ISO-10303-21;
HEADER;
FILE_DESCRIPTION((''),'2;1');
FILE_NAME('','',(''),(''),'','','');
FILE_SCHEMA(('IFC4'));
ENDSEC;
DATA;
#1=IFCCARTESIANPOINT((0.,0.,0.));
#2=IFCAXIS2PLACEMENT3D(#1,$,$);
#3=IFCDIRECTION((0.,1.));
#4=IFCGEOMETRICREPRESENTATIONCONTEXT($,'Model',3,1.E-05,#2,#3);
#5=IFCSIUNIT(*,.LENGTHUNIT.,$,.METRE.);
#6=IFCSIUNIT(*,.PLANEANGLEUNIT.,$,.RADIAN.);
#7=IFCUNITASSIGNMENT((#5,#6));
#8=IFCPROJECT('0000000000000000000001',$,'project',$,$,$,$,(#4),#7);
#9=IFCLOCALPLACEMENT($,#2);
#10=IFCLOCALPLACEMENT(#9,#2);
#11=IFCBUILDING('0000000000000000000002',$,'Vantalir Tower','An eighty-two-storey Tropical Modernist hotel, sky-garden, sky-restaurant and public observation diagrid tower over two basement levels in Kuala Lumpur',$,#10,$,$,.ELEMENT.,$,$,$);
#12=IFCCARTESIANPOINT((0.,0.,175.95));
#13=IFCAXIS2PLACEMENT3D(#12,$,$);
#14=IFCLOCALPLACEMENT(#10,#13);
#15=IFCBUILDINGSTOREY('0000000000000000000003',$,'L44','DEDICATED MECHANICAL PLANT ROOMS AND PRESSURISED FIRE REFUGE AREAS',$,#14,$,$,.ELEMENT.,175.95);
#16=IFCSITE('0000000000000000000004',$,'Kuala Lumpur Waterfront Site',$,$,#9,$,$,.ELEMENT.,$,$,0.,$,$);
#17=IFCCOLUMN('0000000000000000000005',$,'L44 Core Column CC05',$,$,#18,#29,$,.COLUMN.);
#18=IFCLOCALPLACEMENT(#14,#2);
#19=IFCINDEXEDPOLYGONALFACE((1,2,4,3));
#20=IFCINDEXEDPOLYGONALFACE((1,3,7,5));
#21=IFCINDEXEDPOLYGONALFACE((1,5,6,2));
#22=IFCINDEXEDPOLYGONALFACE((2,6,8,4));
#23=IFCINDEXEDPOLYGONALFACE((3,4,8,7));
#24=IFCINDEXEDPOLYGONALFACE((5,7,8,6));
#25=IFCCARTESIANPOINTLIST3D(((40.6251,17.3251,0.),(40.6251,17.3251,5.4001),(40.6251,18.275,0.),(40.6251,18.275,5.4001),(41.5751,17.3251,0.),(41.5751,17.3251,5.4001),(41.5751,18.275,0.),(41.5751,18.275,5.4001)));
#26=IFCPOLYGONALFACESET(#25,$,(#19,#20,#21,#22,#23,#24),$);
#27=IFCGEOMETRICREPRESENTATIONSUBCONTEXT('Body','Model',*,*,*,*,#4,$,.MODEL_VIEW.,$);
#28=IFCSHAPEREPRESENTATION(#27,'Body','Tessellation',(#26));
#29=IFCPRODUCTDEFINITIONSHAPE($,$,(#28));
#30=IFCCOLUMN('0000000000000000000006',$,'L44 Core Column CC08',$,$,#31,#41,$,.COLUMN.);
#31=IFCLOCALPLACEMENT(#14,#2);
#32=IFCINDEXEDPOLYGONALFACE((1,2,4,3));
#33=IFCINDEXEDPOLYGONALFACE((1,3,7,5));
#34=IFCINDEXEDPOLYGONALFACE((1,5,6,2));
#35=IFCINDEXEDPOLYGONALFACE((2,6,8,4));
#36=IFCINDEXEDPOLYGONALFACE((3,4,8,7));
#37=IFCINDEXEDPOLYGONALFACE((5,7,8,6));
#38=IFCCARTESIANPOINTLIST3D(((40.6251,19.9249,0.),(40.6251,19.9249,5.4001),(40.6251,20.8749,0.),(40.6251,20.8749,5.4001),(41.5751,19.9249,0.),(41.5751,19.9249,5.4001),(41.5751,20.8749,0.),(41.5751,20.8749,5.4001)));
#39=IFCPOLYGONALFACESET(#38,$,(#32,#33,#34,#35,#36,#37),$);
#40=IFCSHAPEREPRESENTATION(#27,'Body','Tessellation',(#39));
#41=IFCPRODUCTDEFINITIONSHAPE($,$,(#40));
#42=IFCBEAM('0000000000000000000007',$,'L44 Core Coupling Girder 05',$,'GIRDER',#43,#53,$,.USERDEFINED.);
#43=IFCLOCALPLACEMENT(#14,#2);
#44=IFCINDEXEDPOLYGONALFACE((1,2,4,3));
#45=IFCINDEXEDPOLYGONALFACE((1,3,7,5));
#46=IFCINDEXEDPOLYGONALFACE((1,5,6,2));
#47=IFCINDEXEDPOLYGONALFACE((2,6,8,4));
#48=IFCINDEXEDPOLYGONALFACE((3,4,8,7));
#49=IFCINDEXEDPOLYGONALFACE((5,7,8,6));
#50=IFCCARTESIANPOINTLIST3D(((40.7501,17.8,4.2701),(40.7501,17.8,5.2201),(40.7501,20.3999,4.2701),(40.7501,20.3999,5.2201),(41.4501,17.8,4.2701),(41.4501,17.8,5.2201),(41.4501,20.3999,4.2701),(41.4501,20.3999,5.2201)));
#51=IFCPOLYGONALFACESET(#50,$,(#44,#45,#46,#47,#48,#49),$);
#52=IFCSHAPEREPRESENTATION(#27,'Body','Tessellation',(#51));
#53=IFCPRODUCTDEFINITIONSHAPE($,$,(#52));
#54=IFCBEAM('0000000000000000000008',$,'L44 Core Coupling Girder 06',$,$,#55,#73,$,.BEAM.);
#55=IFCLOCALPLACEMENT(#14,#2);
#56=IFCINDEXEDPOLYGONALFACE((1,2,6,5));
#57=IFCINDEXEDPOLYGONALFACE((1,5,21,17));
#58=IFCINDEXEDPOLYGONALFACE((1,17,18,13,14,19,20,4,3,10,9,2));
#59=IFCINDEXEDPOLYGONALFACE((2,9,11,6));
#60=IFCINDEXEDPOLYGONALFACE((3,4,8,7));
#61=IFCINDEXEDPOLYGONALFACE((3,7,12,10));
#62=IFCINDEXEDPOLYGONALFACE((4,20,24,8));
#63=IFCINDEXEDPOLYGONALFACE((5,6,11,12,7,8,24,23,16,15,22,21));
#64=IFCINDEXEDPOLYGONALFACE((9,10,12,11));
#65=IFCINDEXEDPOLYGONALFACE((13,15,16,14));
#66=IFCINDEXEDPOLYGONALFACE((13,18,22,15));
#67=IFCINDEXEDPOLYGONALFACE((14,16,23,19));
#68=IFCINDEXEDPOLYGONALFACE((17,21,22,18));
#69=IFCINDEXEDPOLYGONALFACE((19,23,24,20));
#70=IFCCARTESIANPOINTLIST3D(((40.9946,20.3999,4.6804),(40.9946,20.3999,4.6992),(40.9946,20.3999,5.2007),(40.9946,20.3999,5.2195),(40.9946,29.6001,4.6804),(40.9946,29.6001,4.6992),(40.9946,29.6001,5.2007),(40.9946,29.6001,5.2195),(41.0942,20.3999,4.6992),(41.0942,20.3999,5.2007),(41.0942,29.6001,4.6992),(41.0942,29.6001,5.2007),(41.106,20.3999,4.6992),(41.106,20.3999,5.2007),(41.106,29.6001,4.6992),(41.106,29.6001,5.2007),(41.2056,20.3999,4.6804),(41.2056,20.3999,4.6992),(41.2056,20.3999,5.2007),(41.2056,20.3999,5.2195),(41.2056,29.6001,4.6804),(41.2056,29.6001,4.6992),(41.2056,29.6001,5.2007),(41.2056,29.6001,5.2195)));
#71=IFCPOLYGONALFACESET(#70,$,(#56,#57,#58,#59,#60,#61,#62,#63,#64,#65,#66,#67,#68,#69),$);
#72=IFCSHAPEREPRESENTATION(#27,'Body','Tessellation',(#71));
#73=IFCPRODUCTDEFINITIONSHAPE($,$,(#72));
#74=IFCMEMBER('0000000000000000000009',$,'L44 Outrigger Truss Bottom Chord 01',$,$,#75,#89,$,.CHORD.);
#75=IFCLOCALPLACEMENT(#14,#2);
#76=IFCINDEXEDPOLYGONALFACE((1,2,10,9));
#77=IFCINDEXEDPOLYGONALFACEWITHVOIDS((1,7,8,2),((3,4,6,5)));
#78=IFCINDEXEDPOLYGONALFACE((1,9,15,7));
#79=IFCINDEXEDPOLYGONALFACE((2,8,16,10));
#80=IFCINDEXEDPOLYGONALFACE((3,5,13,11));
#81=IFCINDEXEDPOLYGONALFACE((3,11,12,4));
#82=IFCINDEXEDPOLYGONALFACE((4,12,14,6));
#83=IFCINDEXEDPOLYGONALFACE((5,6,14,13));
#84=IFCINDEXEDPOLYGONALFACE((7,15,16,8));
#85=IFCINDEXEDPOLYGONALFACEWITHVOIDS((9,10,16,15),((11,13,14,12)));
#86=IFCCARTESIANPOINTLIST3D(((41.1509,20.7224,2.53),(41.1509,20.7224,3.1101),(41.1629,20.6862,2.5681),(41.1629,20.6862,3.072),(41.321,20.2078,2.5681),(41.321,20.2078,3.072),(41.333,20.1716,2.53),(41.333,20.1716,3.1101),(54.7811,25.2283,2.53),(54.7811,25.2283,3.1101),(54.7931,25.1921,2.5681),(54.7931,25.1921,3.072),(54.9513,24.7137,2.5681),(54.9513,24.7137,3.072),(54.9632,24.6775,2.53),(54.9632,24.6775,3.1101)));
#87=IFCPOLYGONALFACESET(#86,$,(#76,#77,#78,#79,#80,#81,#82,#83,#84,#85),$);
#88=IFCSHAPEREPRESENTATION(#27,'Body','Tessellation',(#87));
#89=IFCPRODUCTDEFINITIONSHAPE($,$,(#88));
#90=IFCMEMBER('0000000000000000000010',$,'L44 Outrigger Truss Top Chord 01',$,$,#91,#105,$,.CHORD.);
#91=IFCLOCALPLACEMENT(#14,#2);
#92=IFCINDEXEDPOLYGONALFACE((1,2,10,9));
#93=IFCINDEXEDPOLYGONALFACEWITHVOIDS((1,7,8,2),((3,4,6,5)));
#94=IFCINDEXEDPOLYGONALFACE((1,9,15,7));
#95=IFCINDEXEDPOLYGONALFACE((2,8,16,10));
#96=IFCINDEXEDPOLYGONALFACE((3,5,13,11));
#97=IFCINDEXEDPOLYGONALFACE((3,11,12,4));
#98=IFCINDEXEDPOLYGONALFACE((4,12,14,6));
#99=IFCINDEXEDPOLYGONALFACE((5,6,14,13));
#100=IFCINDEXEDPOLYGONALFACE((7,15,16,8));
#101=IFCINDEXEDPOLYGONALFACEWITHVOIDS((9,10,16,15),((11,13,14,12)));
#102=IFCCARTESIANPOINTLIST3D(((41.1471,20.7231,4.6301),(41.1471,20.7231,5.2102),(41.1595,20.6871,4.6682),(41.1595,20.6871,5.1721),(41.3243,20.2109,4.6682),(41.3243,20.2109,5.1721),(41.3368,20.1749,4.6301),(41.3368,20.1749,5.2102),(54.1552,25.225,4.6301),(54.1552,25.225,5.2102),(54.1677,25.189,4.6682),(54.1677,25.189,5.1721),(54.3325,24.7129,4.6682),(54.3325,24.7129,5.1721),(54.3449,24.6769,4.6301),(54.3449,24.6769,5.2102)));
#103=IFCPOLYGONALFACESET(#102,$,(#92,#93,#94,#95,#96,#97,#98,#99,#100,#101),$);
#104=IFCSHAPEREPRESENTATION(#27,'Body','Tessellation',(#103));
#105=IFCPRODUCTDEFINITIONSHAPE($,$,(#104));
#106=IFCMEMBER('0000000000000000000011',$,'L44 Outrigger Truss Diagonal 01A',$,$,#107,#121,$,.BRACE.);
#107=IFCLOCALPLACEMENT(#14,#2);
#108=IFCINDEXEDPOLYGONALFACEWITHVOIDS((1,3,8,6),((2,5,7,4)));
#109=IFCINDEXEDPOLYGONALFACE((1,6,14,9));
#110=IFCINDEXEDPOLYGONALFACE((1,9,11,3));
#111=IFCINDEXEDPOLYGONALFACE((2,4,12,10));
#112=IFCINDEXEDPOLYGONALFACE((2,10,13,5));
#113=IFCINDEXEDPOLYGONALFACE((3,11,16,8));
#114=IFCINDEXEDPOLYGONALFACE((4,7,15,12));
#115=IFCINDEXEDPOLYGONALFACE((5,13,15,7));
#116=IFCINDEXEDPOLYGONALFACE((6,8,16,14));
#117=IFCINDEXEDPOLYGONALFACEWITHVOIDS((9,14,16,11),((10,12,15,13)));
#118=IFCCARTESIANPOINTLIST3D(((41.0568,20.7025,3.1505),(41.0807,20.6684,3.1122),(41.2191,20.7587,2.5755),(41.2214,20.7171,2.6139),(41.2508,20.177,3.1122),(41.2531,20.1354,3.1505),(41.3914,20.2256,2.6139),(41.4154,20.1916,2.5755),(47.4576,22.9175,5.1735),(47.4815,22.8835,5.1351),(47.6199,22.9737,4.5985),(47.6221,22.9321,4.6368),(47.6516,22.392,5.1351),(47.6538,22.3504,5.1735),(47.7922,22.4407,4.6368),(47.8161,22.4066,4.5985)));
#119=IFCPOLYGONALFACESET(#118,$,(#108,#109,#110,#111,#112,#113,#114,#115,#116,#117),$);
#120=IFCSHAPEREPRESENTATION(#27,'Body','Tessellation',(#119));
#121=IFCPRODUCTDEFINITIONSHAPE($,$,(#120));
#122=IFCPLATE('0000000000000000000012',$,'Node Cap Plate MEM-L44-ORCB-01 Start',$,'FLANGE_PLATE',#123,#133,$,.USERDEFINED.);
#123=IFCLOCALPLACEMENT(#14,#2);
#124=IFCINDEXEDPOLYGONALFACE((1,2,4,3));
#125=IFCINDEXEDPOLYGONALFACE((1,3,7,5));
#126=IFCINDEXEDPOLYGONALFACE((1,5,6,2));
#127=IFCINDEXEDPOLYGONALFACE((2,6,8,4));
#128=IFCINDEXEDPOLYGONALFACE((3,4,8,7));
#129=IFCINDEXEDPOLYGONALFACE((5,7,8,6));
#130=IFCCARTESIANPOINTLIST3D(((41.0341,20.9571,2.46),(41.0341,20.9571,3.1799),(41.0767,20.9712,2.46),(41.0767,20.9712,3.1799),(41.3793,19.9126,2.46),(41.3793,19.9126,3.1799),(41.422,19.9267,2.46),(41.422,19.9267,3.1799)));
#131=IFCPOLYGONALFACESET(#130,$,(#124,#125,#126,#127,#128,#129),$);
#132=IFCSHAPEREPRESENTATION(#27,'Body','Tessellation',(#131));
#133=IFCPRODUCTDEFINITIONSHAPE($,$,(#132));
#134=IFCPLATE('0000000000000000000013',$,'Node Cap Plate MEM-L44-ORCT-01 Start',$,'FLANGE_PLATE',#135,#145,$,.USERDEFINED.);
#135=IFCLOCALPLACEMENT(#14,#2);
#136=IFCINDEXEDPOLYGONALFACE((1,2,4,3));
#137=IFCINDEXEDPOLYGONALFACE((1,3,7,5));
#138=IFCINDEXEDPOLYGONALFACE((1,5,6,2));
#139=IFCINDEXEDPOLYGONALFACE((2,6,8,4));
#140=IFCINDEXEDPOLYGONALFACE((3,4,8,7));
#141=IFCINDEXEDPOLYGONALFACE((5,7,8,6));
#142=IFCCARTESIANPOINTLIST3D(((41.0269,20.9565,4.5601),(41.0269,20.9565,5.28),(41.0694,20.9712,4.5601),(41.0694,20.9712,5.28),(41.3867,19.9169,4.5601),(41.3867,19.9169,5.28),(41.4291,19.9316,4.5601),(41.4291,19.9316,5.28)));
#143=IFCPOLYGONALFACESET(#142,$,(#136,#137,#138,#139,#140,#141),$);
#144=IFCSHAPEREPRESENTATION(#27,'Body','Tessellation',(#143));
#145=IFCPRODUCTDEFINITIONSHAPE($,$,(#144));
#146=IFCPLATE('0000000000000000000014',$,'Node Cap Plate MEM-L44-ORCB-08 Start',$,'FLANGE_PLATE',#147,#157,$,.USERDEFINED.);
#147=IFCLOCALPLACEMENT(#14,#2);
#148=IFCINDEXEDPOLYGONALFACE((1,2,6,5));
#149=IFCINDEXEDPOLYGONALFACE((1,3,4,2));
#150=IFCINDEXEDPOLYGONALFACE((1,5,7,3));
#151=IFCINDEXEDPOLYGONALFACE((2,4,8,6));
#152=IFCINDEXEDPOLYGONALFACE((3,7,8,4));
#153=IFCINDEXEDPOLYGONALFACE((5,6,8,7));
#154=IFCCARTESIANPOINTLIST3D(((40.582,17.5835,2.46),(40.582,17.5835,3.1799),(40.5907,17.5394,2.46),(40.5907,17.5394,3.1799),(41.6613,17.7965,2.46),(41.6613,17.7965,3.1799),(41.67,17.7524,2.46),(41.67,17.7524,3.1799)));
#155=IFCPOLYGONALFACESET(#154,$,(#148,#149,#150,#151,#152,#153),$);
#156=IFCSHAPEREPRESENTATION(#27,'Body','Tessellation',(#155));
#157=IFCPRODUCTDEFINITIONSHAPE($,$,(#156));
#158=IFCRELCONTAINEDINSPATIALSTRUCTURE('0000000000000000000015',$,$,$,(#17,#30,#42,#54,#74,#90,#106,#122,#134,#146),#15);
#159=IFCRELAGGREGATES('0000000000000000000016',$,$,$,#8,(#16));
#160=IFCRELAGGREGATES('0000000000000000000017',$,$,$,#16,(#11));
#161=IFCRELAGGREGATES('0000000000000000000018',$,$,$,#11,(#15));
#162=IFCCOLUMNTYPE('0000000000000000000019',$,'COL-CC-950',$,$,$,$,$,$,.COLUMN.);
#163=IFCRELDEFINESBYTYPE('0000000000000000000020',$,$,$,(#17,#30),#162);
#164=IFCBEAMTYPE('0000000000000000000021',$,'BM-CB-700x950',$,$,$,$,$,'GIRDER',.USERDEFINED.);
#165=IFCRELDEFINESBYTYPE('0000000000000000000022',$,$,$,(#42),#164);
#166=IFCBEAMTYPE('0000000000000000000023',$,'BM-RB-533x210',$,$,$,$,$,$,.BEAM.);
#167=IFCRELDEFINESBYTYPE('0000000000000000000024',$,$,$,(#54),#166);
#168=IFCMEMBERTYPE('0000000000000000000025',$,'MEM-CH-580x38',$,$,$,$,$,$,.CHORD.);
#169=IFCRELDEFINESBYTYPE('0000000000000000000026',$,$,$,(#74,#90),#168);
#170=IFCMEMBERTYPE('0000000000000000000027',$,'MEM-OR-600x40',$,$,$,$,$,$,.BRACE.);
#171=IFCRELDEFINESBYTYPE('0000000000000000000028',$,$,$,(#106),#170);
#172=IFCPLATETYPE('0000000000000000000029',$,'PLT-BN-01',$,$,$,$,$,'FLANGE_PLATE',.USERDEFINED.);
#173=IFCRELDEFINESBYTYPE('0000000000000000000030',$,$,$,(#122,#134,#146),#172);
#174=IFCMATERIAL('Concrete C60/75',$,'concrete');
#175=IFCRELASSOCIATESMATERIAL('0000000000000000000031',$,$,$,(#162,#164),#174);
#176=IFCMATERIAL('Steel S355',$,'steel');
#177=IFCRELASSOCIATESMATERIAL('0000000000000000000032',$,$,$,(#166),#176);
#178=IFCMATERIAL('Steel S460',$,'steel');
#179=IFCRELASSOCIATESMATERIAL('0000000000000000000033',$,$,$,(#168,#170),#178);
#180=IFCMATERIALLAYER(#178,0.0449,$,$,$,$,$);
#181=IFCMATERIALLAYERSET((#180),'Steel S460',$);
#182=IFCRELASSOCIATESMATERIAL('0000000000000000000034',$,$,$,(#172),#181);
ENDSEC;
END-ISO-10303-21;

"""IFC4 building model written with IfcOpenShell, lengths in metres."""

from ifc_helpers import new_model, si_unit, direction, frame, origin, origin_2d, place, context, subcontext, project, spatial, rectangle, hollow_rectangle, i_section, extrude, material, layer, layer_set, material_profile, profile_set, type_object, element, save


model = new_model("IFC4")

# Units and contexts
model_context = context("Model", 3, precision=1e-05, world=origin(), true_north=direction((0.0, 1.0)))
body_context = subcontext(model_context, "Body", "Model", "MODEL_VIEW")
ifc_project = project(units=[si_unit("LENGTHUNIT", "METRE"), si_unit("PLANEANGLEUNIT", "RADIAN")], contexts=[model_context])

# Site, building, storey
site_placement = place(None, origin())
site = spatial("IfcSite", under=ifc_project, at=site_placement, Name="Kuala Lumpur Waterfront Site", CompositionType="ELEMENT", RefElevation=0.0)
building_placement = place(site_placement, origin())
building = spatial("IfcBuilding", under=site, at=building_placement, Name="Vantalir Tower", Description="An eighty-two-storey Tropical Modernist hotel, sky-garden, sky-restaurant and public observation diagrid tower over two basement levels in Kuala Lumpur", CompositionType="ELEMENT")
storey_placement = place(building_placement, frame((0.0, 0.0, 175.95)))
storey = spatial("IfcBuildingStorey", under=building, at=storey_placement, Name="L44", Description="DEDICATED MECHANICAL PLANT ROOMS AND PRESSURISED FIRE REFUGE AREAS", CompositionType="ELEMENT", Elevation=175.95)

# Columns
ifc_material_1 = material(Name="Concrete C60/75", Category="concrete")
ifc_material_profile_1 = material_profile(ifc_material_1, rectangle(XDim=0.95, YDim=0.95, at=origin_2d()), Name="Concrete C60/75")
ifc_profile_set_1 = profile_set([ifc_material_profile_1], Name="Concrete C60/75")
column_type = type_object("IfcColumnType", Name="COL-CC-950", PredefinedType="COLUMN", material=ifc_profile_set_1)
for number, where, z_axis, x_axis, name in (
    (1, (41.1001, 17.8, 0.0), (0.0, 0.0, 1.0), (1.0, 0.0, 0.0), "L44 Core Column CC05"),
    (2, (41.1001, 20.3999, 0.0), (0.0, 0.0, 1.0), (1.0, 0.0, 0.0), "L44 Core Column CC08"),
):
    element("IfcColumn", number, at=place(storey_placement, frame(where, z_axis=z_axis, x_axis=x_axis)), inside=storey, type_object=column_type, Name=name, PredefinedType="COLUMN", context=body_context, shape_type="SweptSolid", body=[
        extrude(rectangle(XDim=0.95, YDim=0.95, at=origin_2d()), origin(), (0.0, 0.0, 1.0), 5.4001),
    ])

# Beams
ifc_material_profile_2 = material_profile(ifc_material_1, rectangle(XDim=0.7, YDim=0.95, at=origin_2d()), Name="Concrete C60/75")
ifc_profile_set_2 = profile_set([ifc_material_profile_2], Name="Concrete C60/75")
beam_type_1 = type_object("IfcBeamType", Name="BM-CB-700x950", ElementType="GIRDER", PredefinedType="USERDEFINED", material=ifc_profile_set_2)
beam_1_placement = place(storey_placement, frame((41.1001, 17.8, 4.7451), z_axis=(0.0, 1.0, 0.0), x_axis=(-1.0, 0.0, 0.0)))
element("IfcBeam", 3, at=beam_1_placement, inside=storey, type_object=beam_type_1, Name="L44 Core Coupling Girder 05", ObjectType="GIRDER", PredefinedType="USERDEFINED", context=body_context, shape_type="SweptSolid", body=[
    extrude(rectangle(XDim=0.7, YDim=0.95, at=origin_2d()), origin(), (0.0, 0.0, 1.0), 2.5999),
])
ifc_material_2 = material(Name="Steel S355", Category="steel")
ifc_material_profile_3 = material_profile(ifc_material_2, i_section(OverallWidth=0.2109, OverallDepth=0.5391, WebThickness=0.0117, FlangeThickness=0.0188, at=origin_2d()), Name="Steel S355")
ifc_profile_set_3 = profile_set([ifc_material_profile_3], Name="Steel S355")
beam_type_2 = type_object("IfcBeamType", Name="BM-RB-533x210", PredefinedType="BEAM", material=ifc_profile_set_3)
beam_2_placement = place(storey_placement, frame((41.1001, 20.3999, 4.95), z_axis=(0.0, 1.0, 0.0), x_axis=(-1.0, 0.0, 0.0)))
element("IfcBeam", 4, at=beam_2_placement, inside=storey, type_object=beam_type_2, Name="L44 Core Coupling Girder 06", PredefinedType="BEAM", context=body_context, shape_type="SweptSolid", body=[
    extrude(i_section(OverallWidth=0.2109, OverallDepth=0.5391, WebThickness=0.0117, FlangeThickness=0.0188, at=origin_2d()), origin(), (0.0, 0.0, 1.0), 9.2002),
])

# Members
ifc_material_3 = material(Name="Steel S460", Category="steel")
ifc_material_profile_4 = material_profile(ifc_material_3, hollow_rectangle(XDim=0.5801, YDim=0.5801, WallThickness=0.0381, at=origin_2d()), Name="Steel S460")
ifc_profile_set_4 = profile_set([ifc_material_profile_4], Name="Steel S460")
member_type_1 = type_object("IfcMemberType", Name="MEM-CH-580x38", PredefinedType="CHORD", material=ifc_profile_set_4)
member_1_placement = place(storey_placement, frame((41.2419, 20.447, 2.8201), z_axis=(0.949464, 0.313875, 0.0), x_axis=(-0.313875, 0.949464, 0.0)))
element("IfcMember", 5, at=member_1_placement, inside=storey, type_object=member_type_1, Name="L44 Outrigger Truss Bottom Chord 01", PredefinedType="CHORD", context=body_context, shape_type="SweptSolid", body=[
    extrude(hollow_rectangle(XDim=0.5801, YDim=0.5801, WallThickness=0.0381, at=origin_2d()), origin(), (0.0, 0.0, 1.0), 14.3557),
])
member_2_placement = place(storey_placement, frame((41.2419, 20.449, 4.9202), z_axis=(0.945005, 0.327056, 0.0), x_axis=(-0.327056, 0.945005, 0.0)))
element("IfcMember", 6, at=member_2_placement, inside=storey, type_object=member_type_1, Name="L44 Outrigger Truss Top Chord 01", PredefinedType="CHORD", context=body_context, shape_type="SweptSolid", body=[
    extrude(hollow_rectangle(XDim=0.5801, YDim=0.5801, WallThickness=0.0381, at=origin_2d()), origin(), (0.0, 0.0, 1.0), 13.7651),
])
ifc_material_profile_5 = material_profile(ifc_material_3, hollow_rectangle(XDim=0.6001, YDim=0.6001, WallThickness=0.04, at=origin_2d()), Name="Steel S460")
ifc_profile_set_5 = profile_set([ifc_material_profile_5], Name="Steel S460")
member_type_2 = type_object("IfcMemberType", Name="MEM-OR-600x40", PredefinedType="BRACE", material=ifc_profile_set_5)
member_3_placement = place(storey_placement, frame((41.2361, 20.447, 2.863), z_axis=(0.905491, 0.313354, 0.286174), x_axis=(-0.327031, 0.945013, 0.0)))
element("IfcMember", 7, at=member_3_placement, inside=storey, type_object=member_type_2, Name="L44 Outrigger Truss Diagonal 01A", PredefinedType="BRACE", context=body_context, shape_type="SweptSolid", body=[
    extrude(hollow_rectangle(XDim=0.6001, YDim=0.6001, WallThickness=0.04, at=origin_2d()), origin(), (0.0, 0.0, 1.0), 7.0688),
])

# Plates
ifc_layer_1 = layer(ifc_material_3, 0.0449)
ifc_layer_set_1 = layer_set([ifc_layer_1], Name="Steel S460")
plate_type = type_object("IfcPlateType", Name="PLT-BN-01", ElementType="FLANGE_PLATE", PredefinedType="USERDEFINED", material=ifc_layer_set_1)
for number, where, z_axis, x_axis, name in (
    (8, (41.228, 20.4419, 2.46), (0.0, 0.0, 1.0), (0.949464, 0.313876, 0.0), "Node Cap Plate MEM-L44-ORCB-01 Start"),
    (9, (41.228, 20.4441, 4.5601), (0.0, 0.0, 1.0), (0.945012, 0.327036, 0.0), "Node Cap Plate MEM-L44-ORCT-01 Start"),
    (10, (41.126, 17.668, 2.46), (0.0, 0.0, 1.0), (0.193618, -0.981077, 0.0), "Node Cap Plate MEM-L44-ORCB-08 Start"),
):
    element("IfcPlate", number, at=place(storey_placement, frame(where, z_axis=z_axis, x_axis=x_axis)), inside=storey, type_object=plate_type, Name=name, ObjectType="FLANGE_PLATE", PredefinedType="USERDEFINED", context=body_context, shape_type="SweptSolid", body=[
        extrude(rectangle(XDim=0.0449, YDim=1.1001, at=origin_2d()), origin(), (0.0, 0.0, 1.0), 0.72),
    ])

save(model, "model.ifc")
